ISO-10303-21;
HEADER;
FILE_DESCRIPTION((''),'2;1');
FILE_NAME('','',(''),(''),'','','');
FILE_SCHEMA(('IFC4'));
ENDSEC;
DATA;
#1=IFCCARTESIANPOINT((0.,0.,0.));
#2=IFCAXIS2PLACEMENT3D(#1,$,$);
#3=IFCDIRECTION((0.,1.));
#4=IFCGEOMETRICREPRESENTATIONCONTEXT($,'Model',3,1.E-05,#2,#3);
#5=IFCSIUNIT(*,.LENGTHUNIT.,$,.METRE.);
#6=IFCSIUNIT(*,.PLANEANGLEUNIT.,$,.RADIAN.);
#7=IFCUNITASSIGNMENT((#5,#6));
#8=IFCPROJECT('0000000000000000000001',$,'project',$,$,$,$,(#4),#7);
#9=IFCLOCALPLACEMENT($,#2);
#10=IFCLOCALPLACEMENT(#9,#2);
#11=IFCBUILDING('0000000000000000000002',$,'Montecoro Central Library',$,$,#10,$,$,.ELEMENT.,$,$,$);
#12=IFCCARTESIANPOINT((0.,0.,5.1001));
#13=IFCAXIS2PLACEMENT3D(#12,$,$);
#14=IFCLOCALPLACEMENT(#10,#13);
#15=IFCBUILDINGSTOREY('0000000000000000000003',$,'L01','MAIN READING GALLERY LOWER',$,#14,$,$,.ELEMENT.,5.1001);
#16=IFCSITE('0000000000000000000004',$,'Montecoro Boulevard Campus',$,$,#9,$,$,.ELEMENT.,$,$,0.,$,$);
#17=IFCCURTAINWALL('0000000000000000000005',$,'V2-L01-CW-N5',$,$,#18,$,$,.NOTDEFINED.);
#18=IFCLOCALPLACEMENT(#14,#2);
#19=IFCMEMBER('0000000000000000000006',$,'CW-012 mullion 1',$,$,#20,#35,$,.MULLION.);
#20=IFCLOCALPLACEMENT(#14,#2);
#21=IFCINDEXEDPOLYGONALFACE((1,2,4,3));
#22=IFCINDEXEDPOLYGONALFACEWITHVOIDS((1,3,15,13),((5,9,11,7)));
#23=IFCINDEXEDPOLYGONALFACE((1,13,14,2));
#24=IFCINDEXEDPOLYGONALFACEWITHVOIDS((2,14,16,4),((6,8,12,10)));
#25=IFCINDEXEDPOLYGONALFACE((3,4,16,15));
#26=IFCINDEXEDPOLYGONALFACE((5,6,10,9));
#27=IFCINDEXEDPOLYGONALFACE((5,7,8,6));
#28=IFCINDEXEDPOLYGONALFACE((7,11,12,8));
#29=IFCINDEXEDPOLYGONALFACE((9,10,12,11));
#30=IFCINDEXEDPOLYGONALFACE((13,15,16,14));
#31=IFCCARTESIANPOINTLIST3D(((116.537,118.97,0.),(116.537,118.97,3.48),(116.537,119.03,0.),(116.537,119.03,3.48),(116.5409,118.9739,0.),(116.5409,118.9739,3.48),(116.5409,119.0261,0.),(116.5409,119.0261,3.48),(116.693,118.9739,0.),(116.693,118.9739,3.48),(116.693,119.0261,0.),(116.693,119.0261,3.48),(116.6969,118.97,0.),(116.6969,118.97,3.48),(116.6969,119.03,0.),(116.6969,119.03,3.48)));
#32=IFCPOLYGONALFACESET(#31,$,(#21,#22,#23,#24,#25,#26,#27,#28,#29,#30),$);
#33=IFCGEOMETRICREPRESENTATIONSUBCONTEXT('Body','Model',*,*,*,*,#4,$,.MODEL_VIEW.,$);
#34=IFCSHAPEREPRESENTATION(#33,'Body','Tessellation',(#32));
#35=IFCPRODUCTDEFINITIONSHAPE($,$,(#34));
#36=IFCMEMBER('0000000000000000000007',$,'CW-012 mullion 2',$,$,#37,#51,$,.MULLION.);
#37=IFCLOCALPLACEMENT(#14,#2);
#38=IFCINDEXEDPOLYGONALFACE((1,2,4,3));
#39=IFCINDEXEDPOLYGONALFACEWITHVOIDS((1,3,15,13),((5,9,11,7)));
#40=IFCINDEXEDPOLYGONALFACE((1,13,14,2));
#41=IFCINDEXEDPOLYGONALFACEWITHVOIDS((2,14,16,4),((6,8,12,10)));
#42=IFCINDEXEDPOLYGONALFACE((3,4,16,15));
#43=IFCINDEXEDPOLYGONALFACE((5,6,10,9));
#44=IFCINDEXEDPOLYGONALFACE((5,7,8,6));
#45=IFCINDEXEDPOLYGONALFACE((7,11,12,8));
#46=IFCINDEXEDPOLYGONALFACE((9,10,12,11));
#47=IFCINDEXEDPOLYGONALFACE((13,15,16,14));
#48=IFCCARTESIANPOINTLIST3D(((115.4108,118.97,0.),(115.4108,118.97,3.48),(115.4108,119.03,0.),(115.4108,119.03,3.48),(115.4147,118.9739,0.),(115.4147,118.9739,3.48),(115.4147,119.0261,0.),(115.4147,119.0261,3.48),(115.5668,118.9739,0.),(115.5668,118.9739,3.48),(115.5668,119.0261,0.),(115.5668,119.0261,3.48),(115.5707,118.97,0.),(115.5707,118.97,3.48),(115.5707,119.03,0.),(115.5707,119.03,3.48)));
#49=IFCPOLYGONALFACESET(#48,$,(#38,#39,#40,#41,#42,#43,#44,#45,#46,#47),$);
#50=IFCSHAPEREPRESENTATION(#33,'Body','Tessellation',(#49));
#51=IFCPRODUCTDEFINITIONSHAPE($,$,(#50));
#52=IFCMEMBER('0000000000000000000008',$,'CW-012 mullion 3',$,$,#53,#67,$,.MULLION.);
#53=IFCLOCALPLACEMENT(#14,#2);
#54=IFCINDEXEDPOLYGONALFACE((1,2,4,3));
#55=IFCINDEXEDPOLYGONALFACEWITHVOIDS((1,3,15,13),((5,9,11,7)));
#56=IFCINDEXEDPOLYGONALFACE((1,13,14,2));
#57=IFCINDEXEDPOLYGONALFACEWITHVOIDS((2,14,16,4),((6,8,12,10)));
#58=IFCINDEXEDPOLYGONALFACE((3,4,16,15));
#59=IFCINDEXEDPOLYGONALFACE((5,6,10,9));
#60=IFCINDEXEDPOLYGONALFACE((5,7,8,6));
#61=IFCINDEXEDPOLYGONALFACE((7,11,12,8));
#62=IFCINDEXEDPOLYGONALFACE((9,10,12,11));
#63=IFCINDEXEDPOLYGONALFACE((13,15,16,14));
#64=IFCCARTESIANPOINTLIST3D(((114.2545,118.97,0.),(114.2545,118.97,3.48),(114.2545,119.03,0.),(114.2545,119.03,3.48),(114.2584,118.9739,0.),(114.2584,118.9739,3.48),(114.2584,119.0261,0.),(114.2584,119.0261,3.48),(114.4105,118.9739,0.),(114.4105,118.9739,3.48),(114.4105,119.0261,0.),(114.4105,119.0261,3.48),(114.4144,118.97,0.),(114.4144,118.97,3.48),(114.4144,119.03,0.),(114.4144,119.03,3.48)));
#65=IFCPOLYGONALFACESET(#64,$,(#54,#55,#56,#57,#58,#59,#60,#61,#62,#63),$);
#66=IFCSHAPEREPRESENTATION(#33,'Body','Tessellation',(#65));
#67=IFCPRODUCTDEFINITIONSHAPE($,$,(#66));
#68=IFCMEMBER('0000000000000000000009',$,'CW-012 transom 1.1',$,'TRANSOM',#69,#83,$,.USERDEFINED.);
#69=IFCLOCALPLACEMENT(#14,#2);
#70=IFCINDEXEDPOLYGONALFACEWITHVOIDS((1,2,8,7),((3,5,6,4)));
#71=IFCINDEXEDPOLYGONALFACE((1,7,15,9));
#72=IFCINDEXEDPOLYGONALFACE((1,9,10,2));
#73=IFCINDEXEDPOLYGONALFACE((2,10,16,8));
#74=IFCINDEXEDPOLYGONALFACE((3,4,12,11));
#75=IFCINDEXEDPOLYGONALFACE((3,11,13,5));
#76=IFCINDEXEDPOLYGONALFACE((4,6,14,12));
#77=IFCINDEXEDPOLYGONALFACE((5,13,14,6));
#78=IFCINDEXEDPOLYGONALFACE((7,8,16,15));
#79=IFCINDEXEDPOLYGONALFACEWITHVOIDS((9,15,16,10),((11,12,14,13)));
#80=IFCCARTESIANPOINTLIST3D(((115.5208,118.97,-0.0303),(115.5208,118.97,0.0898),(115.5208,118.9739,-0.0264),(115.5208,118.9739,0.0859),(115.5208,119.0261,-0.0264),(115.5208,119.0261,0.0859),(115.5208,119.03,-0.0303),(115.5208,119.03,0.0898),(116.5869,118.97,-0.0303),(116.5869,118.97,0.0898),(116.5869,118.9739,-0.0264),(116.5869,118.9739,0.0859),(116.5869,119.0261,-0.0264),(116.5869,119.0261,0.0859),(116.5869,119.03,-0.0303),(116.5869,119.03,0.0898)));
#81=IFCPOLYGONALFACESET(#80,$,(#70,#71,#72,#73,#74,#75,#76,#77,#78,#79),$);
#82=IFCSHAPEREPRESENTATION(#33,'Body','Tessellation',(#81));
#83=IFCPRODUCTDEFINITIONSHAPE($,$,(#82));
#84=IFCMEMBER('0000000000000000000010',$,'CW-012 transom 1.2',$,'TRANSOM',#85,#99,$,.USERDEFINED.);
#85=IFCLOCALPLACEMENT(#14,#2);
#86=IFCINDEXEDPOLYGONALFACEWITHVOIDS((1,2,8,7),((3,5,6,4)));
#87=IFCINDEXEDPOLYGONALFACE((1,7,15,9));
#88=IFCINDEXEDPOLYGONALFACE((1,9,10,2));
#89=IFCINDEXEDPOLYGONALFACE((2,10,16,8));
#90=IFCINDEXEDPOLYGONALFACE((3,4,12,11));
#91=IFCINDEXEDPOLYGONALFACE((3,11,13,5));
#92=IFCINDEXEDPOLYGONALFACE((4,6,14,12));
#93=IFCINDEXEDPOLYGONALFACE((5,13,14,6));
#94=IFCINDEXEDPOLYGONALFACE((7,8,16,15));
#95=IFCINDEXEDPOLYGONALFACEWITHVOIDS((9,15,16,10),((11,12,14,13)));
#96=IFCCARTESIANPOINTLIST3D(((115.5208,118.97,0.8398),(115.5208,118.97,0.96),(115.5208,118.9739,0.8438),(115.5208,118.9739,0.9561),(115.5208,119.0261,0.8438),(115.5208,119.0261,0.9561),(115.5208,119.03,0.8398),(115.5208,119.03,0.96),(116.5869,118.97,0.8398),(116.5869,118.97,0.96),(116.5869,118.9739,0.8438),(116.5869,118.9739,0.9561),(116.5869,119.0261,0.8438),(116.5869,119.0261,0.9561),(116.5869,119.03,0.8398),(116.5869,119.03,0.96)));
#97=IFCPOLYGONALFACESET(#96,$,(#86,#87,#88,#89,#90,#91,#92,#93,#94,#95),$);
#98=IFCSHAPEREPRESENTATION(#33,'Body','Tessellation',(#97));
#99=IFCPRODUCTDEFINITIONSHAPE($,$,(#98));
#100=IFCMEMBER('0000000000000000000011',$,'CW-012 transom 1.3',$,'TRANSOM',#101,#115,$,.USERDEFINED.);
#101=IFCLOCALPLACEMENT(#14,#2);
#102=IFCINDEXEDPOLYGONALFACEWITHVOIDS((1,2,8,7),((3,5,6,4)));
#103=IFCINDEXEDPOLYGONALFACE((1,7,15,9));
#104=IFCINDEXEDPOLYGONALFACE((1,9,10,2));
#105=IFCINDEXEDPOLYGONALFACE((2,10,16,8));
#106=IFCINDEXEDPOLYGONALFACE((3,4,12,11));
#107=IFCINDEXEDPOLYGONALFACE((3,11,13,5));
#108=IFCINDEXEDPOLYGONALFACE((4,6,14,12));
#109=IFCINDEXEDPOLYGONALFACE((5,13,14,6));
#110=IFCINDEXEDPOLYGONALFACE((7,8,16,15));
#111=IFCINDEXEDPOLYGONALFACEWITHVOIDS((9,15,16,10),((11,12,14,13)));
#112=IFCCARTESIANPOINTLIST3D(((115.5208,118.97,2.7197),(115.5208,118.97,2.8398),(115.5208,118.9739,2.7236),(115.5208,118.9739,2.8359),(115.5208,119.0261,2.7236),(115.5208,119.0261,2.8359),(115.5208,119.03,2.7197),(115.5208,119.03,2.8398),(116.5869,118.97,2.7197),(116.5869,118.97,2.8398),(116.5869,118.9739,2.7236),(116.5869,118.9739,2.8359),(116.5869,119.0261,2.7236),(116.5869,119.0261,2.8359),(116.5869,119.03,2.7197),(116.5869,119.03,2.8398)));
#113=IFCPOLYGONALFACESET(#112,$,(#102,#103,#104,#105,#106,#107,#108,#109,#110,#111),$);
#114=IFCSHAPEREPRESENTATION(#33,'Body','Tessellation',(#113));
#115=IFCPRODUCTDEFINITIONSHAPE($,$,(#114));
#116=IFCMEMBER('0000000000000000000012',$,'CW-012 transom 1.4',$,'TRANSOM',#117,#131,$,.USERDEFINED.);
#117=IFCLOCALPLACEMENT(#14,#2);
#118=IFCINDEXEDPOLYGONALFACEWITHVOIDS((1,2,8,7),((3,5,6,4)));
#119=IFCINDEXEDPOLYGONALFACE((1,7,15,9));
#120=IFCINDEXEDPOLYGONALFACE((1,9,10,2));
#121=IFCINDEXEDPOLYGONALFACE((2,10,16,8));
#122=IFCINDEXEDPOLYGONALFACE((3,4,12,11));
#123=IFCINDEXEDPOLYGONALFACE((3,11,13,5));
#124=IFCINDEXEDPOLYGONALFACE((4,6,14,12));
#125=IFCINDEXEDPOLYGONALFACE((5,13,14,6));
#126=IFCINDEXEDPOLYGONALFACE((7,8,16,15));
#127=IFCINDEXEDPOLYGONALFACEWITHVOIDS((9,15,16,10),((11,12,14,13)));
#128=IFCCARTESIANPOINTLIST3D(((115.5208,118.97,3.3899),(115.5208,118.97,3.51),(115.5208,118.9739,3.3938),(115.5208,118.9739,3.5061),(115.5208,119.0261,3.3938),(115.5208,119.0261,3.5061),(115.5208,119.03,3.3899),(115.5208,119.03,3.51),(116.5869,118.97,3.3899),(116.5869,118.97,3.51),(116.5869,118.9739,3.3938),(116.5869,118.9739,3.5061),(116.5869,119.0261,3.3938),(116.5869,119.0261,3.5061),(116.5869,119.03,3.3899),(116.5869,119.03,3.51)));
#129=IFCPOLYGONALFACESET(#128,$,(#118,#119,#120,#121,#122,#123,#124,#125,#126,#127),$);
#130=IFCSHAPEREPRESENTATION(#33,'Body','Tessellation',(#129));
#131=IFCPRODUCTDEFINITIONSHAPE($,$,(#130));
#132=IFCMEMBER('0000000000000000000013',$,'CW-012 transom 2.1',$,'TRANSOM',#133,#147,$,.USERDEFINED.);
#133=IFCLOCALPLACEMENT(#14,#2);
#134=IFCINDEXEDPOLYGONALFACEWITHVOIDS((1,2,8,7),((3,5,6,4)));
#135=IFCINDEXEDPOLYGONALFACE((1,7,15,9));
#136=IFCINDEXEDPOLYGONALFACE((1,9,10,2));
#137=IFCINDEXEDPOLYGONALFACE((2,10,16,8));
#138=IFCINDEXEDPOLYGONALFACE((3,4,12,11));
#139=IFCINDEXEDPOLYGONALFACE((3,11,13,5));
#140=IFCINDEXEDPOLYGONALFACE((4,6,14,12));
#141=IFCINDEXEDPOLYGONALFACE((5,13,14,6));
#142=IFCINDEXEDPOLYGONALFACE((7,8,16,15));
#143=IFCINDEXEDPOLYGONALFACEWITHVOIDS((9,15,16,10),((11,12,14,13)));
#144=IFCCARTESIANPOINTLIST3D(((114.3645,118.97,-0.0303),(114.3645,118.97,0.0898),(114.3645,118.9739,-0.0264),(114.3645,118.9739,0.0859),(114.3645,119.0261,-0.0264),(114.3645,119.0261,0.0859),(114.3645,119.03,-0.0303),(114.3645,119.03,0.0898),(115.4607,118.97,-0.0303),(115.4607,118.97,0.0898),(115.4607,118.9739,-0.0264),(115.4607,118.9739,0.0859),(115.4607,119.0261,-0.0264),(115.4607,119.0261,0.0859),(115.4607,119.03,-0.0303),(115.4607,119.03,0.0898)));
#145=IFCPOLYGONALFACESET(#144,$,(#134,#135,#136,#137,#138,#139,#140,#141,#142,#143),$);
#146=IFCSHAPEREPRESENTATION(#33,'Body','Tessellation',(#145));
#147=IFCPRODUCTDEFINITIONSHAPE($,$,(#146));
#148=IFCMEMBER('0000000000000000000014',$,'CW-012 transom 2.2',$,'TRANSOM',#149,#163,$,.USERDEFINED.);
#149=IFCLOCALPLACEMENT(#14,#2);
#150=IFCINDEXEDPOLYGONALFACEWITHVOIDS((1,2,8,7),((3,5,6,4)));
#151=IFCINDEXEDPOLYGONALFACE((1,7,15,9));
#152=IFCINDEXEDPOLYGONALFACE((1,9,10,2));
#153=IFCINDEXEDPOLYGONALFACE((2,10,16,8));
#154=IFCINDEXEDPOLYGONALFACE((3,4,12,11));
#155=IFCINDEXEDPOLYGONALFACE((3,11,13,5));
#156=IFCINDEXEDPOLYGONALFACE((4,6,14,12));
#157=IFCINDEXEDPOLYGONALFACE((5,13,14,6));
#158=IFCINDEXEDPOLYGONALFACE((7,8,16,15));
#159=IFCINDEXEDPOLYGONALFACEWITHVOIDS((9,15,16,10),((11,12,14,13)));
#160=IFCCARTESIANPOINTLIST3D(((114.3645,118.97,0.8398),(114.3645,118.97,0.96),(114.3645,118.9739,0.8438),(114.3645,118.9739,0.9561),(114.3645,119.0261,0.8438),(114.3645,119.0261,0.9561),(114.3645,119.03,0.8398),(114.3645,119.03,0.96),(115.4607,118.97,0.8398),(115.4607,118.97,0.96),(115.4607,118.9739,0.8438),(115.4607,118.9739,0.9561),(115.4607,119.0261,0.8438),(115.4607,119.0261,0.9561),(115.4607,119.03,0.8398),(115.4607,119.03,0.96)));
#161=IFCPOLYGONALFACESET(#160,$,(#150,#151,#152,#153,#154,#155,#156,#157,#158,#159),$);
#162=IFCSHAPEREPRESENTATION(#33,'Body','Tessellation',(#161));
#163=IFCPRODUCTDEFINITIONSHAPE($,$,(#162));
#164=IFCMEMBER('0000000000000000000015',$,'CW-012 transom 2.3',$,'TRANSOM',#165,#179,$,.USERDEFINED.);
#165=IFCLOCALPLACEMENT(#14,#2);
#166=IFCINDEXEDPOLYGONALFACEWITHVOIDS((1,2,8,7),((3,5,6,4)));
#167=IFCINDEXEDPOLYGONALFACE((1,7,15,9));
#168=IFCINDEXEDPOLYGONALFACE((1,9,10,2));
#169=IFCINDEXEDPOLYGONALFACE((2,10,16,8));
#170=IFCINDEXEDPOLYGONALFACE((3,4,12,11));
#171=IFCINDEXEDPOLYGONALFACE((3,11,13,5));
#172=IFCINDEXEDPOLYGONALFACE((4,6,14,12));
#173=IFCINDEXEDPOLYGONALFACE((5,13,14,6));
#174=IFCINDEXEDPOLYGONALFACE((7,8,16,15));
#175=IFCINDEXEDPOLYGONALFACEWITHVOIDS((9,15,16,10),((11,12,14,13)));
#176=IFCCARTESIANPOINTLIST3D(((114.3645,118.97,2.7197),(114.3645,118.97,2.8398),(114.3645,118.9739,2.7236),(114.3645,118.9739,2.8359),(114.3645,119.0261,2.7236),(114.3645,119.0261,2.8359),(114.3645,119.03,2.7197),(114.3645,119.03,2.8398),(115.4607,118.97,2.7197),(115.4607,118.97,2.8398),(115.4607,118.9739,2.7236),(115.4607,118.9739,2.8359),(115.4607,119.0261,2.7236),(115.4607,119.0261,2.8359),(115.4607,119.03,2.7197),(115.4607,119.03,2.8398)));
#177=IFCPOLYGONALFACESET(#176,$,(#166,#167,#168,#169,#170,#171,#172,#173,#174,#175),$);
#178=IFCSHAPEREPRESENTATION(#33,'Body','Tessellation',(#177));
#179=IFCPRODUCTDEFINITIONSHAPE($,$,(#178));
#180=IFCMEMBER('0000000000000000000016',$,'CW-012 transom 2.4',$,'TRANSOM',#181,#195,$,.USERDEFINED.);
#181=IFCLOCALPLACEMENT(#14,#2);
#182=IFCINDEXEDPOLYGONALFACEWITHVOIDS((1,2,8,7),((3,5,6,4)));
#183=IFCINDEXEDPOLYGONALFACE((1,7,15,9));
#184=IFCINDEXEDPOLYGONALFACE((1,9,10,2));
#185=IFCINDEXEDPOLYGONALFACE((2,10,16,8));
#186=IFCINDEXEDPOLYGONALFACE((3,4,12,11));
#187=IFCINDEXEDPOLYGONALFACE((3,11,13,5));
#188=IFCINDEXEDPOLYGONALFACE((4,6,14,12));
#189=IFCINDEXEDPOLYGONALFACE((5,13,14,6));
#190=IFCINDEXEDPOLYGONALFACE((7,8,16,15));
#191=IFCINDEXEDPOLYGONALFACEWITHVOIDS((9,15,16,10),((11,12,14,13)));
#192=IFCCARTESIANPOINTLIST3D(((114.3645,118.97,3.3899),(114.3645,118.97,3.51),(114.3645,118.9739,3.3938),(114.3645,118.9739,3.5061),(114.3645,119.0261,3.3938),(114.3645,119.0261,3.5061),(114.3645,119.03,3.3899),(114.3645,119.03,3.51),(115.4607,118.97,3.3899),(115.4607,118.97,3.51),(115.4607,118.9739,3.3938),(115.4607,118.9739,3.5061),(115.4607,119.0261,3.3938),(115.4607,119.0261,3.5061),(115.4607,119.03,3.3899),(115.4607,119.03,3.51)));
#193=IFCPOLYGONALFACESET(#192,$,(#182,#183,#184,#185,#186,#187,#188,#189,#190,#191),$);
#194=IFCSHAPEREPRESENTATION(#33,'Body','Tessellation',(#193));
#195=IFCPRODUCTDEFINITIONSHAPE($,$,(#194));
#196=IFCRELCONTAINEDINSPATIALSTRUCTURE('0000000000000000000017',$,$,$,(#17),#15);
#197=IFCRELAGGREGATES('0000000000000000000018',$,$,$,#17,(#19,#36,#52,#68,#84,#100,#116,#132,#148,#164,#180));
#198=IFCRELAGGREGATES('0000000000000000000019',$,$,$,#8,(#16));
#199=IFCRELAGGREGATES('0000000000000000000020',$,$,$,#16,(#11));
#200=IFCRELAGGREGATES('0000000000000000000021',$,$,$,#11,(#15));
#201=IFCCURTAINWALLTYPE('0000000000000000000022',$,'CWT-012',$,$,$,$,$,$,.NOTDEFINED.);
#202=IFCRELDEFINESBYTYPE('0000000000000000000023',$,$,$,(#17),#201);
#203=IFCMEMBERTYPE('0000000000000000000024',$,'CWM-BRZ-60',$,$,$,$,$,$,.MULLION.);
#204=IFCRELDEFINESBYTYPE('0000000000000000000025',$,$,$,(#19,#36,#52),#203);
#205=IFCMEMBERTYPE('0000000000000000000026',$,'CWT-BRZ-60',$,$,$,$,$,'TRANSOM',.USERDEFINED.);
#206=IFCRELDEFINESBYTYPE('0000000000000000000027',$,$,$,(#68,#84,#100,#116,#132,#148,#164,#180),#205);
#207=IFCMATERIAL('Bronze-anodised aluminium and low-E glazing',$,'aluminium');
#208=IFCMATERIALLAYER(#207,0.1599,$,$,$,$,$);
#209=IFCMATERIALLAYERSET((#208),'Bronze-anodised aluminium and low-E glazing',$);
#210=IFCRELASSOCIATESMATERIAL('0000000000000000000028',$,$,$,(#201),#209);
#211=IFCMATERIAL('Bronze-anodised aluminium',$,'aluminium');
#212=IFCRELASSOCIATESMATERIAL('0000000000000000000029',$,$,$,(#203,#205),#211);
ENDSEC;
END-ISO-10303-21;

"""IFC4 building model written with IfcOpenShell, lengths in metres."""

from ifc_helpers import new_model, si_unit, direction, frame, origin, origin_2d, place, context, subcontext, project, spatial, hollow_rectangle, extrude, material, layer, layer_set, material_profile, profile_set, type_object, element, aggregate, save


model = new_model("IFC4")

# Units and contexts
model_context = context("Model", 3, precision=1e-05, world=origin(), true_north=direction((0.0, 1.0)))
body_context = subcontext(model_context, "Body", "Model", "MODEL_VIEW")
ifc_project = project(units=[si_unit("LENGTHUNIT", "METRE"), si_unit("PLANEANGLEUNIT", "RADIAN")], contexts=[model_context])

# Site, building, storey
site_placement = place(None, origin())
site = spatial("IfcSite", under=ifc_project, at=site_placement, Name="Montecoro Boulevard Campus", CompositionType="ELEMENT", RefElevation=0.0)
building_placement = place(site_placement, origin())
building = spatial("IfcBuilding", under=site, at=building_placement, Name="Montecoro Central Library", CompositionType="ELEMENT")
storey_placement = place(building_placement, frame((0.0, 0.0, 5.1001)))
storey = spatial("IfcBuildingStorey", under=building, at=storey_placement, Name="L01", Description="MAIN READING GALLERY LOWER", CompositionType="ELEMENT", Elevation=5.1001)

# Curtain wall, members
ifc_material_1 = material(Name="Bronze-anodised aluminium and low-E glazing", Category="aluminium")
ifc_layer_1 = layer(ifc_material_1, 0.1599)
ifc_layer_set_1 = layer_set([ifc_layer_1], Name="Bronze-anodised aluminium and low-E glazing")
curtain_wall_type = type_object("IfcCurtainWallType", Name="CWT-012", PredefinedType="NOTDEFINED", material=ifc_layer_set_1)
curtain_wall_placement = place(storey_placement, origin())
curtain_wall = element("IfcCurtainWall", 1, at=curtain_wall_placement, inside=storey, type_object=curtain_wall_type, Name="V2-L01-CW-N5", PredefinedType="NOTDEFINED")
ifc_material_2 = material(Name="Bronze-anodised aluminium", Category="aluminium")
ifc_material_profile_1 = material_profile(ifc_material_2, hollow_rectangle(XDim=0.0601, YDim=0.1599, WallThickness=0.0039, at=origin_2d()), Name="CWM 160x60x4.0")
ifc_profile_set_1 = profile_set([ifc_material_profile_1], Name="Bronze-anodised aluminium")
member_type_1 = type_object("IfcMemberType", Name="CWM-BRZ-60", PredefinedType="MULLION", material=ifc_profile_set_1)
member_1_placement = place(storey_placement, frame((116.6169, 119.0, 0.0), z_axis=(0.0, 0.0, 1.0), x_axis=(0.0, -1.0, 0.0)))
member_1 = element("IfcMember", 2, at=member_1_placement, type_object=member_type_1, Name="CW-012 mullion 1", PredefinedType="MULLION", context=body_context, shape_type="SweptSolid", body=[
    extrude(hollow_rectangle(XDim=0.0601, YDim=0.1599, WallThickness=0.0039, at=origin_2d()), origin(), (0.0, 0.0, 1.0), 3.48),
])
member_2_placement = place(storey_placement, frame((115.4907, 119.0, 0.0), z_axis=(0.0, 0.0, 1.0), x_axis=(0.0, -1.0, 0.0)))
member_2 = element("IfcMember", 3, at=member_2_placement, type_object=member_type_1, Name="CW-012 mullion 2", PredefinedType="MULLION", context=body_context, shape_type="SweptSolid", body=[
    extrude(hollow_rectangle(XDim=0.0601, YDim=0.1599, WallThickness=0.0039, at=origin_2d()), origin(), (0.0, 0.0, 1.0), 3.48),
])
member_3_placement = place(storey_placement, frame((114.3345, 119.0, 0.0), z_axis=(0.0, 0.0, 1.0), x_axis=(0.0, -1.0, 0.0)))
member_3 = element("IfcMember", 4, at=member_3_placement, type_object=member_type_1, Name="CW-012 mullion 3", PredefinedType="MULLION", context=body_context, shape_type="SweptSolid", body=[
    extrude(hollow_rectangle(XDim=0.0601, YDim=0.1599, WallThickness=0.0039, at=origin_2d()), origin(), (0.0, 0.0, 1.0), 3.48),
])
ifc_material_profile_2 = material_profile(ifc_material_2, hollow_rectangle(XDim=0.0601, YDim=0.1201, WallThickness=0.0039, at=origin_2d()), Name="CWT 120x60x4.0")
ifc_profile_set_2 = profile_set([ifc_material_profile_2], Name="Bronze-anodised aluminium")
member_type_2 = type_object("IfcMemberType", Name="CWT-BRZ-60", ElementType="TRANSOM", PredefinedType="USERDEFINED", material=ifc_profile_set_2)
member_4_placement = place(storey_placement, frame((116.5869, 119.0, 0.0298), z_axis=(-1.0, 0.0, 0.0), x_axis=(0.0, -1.0, 0.0)))
member_4 = element("IfcMember", 5, at=member_4_placement, type_object=member_type_2, Name="CW-012 transom 1.1", ObjectType="TRANSOM", PredefinedType="USERDEFINED", context=body_context, shape_type="SweptSolid", body=[
    extrude(hollow_rectangle(XDim=0.0601, YDim=0.1201, WallThickness=0.0039, at=origin_2d()), origin(), (0.0, 0.0, 1.0), 1.0662),
])
member_5_placement = place(storey_placement, frame((116.5869, 119.0, 0.8999), z_axis=(-1.0, 0.0, 0.0), x_axis=(0.0, -1.0, 0.0)))
member_5 = element("IfcMember", 6, at=member_5_placement, type_object=member_type_2, Name="CW-012 transom 1.2", ObjectType="TRANSOM", PredefinedType="USERDEFINED", context=body_context, shape_type="SweptSolid", body=[
    extrude(hollow_rectangle(XDim=0.0601, YDim=0.1201, WallThickness=0.0039, at=origin_2d()), origin(), (0.0, 0.0, 1.0), 1.0662),
])
member_6_placement = place(storey_placement, frame((116.5869, 119.0, 2.7798), z_axis=(-1.0, 0.0, 0.0), x_axis=(0.0, -1.0, 0.0)))
member_6 = element("IfcMember", 7, at=member_6_placement, type_object=member_type_2, Name="CW-012 transom 1.3", ObjectType="TRANSOM", PredefinedType="USERDEFINED", context=body_context, shape_type="SweptSolid", body=[
    extrude(hollow_rectangle(XDim=0.0601, YDim=0.1201, WallThickness=0.0039, at=origin_2d()), origin(), (0.0, 0.0, 1.0), 1.0662),
])
member_7_placement = place(storey_placement, frame((116.5869, 119.0, 3.45), z_axis=(-1.0, 0.0, 0.0), x_axis=(0.0, -1.0, 0.0)))
member_7 = element("IfcMember", 8, at=member_7_placement, type_object=member_type_2, Name="CW-012 transom 1.4", ObjectType="TRANSOM", PredefinedType="USERDEFINED", context=body_context, shape_type="SweptSolid", body=[
    extrude(hollow_rectangle(XDim=0.0601, YDim=0.1201, WallThickness=0.0039, at=origin_2d()), origin(), (0.0, 0.0, 1.0), 1.0662),
])
member_8_placement = place(storey_placement, frame((115.4607, 119.0, 0.0298), z_axis=(-1.0, 0.0, 0.0), x_axis=(0.0, -1.0, 0.0)))
member_8 = element("IfcMember", 9, at=member_8_placement, type_object=member_type_2, Name="CW-012 transom 2.1", ObjectType="TRANSOM", PredefinedType="USERDEFINED", context=body_context, shape_type="SweptSolid", body=[
    extrude(hollow_rectangle(XDim=0.0601, YDim=0.1201, WallThickness=0.0039, at=origin_2d()), origin(), (0.0, 0.0, 1.0), 1.0962),
])
member_9_placement = place(storey_placement, frame((115.4607, 119.0, 0.8999), z_axis=(-1.0, 0.0, 0.0), x_axis=(0.0, -1.0, 0.0)))
member_9 = element("IfcMember", 10, at=member_9_placement, type_object=member_type_2, Name="CW-012 transom 2.2", ObjectType="TRANSOM", PredefinedType="USERDEFINED", context=body_context, shape_type="SweptSolid", body=[
    extrude(hollow_rectangle(XDim=0.0601, YDim=0.1201, WallThickness=0.0039, at=origin_2d()), origin(), (0.0, 0.0, 1.0), 1.0962),
])
member_10_placement = place(storey_placement, frame((115.4607, 119.0, 2.7798), z_axis=(-1.0, 0.0, 0.0), x_axis=(0.0, -1.0, 0.0)))
member_10 = element("IfcMember", 11, at=member_10_placement, type_object=member_type_2, Name="CW-012 transom 2.3", ObjectType="TRANSOM", PredefinedType="USERDEFINED", context=body_context, shape_type="SweptSolid", body=[
    extrude(hollow_rectangle(XDim=0.0601, YDim=0.1201, WallThickness=0.0039, at=origin_2d()), origin(), (0.0, 0.0, 1.0), 1.0962),
])
member_11_placement = place(storey_placement, frame((115.4607, 119.0, 3.45), z_axis=(-1.0, 0.0, 0.0), x_axis=(0.0, -1.0, 0.0)))
member_11 = element("IfcMember", 12, at=member_11_placement, type_object=member_type_2, Name="CW-012 transom 2.4", ObjectType="TRANSOM", PredefinedType="USERDEFINED", context=body_context, shape_type="SweptSolid", body=[
    extrude(hollow_rectangle(XDim=0.0601, YDim=0.1201, WallThickness=0.0039, at=origin_2d()), origin(), (0.0, 0.0, 1.0), 1.0962),
])
aggregate(curtain_wall, [member_1, member_2, member_3, member_4, member_5, member_6, member_7, member_8, member_9, member_10, member_11])

save(model, "model.ifc")
